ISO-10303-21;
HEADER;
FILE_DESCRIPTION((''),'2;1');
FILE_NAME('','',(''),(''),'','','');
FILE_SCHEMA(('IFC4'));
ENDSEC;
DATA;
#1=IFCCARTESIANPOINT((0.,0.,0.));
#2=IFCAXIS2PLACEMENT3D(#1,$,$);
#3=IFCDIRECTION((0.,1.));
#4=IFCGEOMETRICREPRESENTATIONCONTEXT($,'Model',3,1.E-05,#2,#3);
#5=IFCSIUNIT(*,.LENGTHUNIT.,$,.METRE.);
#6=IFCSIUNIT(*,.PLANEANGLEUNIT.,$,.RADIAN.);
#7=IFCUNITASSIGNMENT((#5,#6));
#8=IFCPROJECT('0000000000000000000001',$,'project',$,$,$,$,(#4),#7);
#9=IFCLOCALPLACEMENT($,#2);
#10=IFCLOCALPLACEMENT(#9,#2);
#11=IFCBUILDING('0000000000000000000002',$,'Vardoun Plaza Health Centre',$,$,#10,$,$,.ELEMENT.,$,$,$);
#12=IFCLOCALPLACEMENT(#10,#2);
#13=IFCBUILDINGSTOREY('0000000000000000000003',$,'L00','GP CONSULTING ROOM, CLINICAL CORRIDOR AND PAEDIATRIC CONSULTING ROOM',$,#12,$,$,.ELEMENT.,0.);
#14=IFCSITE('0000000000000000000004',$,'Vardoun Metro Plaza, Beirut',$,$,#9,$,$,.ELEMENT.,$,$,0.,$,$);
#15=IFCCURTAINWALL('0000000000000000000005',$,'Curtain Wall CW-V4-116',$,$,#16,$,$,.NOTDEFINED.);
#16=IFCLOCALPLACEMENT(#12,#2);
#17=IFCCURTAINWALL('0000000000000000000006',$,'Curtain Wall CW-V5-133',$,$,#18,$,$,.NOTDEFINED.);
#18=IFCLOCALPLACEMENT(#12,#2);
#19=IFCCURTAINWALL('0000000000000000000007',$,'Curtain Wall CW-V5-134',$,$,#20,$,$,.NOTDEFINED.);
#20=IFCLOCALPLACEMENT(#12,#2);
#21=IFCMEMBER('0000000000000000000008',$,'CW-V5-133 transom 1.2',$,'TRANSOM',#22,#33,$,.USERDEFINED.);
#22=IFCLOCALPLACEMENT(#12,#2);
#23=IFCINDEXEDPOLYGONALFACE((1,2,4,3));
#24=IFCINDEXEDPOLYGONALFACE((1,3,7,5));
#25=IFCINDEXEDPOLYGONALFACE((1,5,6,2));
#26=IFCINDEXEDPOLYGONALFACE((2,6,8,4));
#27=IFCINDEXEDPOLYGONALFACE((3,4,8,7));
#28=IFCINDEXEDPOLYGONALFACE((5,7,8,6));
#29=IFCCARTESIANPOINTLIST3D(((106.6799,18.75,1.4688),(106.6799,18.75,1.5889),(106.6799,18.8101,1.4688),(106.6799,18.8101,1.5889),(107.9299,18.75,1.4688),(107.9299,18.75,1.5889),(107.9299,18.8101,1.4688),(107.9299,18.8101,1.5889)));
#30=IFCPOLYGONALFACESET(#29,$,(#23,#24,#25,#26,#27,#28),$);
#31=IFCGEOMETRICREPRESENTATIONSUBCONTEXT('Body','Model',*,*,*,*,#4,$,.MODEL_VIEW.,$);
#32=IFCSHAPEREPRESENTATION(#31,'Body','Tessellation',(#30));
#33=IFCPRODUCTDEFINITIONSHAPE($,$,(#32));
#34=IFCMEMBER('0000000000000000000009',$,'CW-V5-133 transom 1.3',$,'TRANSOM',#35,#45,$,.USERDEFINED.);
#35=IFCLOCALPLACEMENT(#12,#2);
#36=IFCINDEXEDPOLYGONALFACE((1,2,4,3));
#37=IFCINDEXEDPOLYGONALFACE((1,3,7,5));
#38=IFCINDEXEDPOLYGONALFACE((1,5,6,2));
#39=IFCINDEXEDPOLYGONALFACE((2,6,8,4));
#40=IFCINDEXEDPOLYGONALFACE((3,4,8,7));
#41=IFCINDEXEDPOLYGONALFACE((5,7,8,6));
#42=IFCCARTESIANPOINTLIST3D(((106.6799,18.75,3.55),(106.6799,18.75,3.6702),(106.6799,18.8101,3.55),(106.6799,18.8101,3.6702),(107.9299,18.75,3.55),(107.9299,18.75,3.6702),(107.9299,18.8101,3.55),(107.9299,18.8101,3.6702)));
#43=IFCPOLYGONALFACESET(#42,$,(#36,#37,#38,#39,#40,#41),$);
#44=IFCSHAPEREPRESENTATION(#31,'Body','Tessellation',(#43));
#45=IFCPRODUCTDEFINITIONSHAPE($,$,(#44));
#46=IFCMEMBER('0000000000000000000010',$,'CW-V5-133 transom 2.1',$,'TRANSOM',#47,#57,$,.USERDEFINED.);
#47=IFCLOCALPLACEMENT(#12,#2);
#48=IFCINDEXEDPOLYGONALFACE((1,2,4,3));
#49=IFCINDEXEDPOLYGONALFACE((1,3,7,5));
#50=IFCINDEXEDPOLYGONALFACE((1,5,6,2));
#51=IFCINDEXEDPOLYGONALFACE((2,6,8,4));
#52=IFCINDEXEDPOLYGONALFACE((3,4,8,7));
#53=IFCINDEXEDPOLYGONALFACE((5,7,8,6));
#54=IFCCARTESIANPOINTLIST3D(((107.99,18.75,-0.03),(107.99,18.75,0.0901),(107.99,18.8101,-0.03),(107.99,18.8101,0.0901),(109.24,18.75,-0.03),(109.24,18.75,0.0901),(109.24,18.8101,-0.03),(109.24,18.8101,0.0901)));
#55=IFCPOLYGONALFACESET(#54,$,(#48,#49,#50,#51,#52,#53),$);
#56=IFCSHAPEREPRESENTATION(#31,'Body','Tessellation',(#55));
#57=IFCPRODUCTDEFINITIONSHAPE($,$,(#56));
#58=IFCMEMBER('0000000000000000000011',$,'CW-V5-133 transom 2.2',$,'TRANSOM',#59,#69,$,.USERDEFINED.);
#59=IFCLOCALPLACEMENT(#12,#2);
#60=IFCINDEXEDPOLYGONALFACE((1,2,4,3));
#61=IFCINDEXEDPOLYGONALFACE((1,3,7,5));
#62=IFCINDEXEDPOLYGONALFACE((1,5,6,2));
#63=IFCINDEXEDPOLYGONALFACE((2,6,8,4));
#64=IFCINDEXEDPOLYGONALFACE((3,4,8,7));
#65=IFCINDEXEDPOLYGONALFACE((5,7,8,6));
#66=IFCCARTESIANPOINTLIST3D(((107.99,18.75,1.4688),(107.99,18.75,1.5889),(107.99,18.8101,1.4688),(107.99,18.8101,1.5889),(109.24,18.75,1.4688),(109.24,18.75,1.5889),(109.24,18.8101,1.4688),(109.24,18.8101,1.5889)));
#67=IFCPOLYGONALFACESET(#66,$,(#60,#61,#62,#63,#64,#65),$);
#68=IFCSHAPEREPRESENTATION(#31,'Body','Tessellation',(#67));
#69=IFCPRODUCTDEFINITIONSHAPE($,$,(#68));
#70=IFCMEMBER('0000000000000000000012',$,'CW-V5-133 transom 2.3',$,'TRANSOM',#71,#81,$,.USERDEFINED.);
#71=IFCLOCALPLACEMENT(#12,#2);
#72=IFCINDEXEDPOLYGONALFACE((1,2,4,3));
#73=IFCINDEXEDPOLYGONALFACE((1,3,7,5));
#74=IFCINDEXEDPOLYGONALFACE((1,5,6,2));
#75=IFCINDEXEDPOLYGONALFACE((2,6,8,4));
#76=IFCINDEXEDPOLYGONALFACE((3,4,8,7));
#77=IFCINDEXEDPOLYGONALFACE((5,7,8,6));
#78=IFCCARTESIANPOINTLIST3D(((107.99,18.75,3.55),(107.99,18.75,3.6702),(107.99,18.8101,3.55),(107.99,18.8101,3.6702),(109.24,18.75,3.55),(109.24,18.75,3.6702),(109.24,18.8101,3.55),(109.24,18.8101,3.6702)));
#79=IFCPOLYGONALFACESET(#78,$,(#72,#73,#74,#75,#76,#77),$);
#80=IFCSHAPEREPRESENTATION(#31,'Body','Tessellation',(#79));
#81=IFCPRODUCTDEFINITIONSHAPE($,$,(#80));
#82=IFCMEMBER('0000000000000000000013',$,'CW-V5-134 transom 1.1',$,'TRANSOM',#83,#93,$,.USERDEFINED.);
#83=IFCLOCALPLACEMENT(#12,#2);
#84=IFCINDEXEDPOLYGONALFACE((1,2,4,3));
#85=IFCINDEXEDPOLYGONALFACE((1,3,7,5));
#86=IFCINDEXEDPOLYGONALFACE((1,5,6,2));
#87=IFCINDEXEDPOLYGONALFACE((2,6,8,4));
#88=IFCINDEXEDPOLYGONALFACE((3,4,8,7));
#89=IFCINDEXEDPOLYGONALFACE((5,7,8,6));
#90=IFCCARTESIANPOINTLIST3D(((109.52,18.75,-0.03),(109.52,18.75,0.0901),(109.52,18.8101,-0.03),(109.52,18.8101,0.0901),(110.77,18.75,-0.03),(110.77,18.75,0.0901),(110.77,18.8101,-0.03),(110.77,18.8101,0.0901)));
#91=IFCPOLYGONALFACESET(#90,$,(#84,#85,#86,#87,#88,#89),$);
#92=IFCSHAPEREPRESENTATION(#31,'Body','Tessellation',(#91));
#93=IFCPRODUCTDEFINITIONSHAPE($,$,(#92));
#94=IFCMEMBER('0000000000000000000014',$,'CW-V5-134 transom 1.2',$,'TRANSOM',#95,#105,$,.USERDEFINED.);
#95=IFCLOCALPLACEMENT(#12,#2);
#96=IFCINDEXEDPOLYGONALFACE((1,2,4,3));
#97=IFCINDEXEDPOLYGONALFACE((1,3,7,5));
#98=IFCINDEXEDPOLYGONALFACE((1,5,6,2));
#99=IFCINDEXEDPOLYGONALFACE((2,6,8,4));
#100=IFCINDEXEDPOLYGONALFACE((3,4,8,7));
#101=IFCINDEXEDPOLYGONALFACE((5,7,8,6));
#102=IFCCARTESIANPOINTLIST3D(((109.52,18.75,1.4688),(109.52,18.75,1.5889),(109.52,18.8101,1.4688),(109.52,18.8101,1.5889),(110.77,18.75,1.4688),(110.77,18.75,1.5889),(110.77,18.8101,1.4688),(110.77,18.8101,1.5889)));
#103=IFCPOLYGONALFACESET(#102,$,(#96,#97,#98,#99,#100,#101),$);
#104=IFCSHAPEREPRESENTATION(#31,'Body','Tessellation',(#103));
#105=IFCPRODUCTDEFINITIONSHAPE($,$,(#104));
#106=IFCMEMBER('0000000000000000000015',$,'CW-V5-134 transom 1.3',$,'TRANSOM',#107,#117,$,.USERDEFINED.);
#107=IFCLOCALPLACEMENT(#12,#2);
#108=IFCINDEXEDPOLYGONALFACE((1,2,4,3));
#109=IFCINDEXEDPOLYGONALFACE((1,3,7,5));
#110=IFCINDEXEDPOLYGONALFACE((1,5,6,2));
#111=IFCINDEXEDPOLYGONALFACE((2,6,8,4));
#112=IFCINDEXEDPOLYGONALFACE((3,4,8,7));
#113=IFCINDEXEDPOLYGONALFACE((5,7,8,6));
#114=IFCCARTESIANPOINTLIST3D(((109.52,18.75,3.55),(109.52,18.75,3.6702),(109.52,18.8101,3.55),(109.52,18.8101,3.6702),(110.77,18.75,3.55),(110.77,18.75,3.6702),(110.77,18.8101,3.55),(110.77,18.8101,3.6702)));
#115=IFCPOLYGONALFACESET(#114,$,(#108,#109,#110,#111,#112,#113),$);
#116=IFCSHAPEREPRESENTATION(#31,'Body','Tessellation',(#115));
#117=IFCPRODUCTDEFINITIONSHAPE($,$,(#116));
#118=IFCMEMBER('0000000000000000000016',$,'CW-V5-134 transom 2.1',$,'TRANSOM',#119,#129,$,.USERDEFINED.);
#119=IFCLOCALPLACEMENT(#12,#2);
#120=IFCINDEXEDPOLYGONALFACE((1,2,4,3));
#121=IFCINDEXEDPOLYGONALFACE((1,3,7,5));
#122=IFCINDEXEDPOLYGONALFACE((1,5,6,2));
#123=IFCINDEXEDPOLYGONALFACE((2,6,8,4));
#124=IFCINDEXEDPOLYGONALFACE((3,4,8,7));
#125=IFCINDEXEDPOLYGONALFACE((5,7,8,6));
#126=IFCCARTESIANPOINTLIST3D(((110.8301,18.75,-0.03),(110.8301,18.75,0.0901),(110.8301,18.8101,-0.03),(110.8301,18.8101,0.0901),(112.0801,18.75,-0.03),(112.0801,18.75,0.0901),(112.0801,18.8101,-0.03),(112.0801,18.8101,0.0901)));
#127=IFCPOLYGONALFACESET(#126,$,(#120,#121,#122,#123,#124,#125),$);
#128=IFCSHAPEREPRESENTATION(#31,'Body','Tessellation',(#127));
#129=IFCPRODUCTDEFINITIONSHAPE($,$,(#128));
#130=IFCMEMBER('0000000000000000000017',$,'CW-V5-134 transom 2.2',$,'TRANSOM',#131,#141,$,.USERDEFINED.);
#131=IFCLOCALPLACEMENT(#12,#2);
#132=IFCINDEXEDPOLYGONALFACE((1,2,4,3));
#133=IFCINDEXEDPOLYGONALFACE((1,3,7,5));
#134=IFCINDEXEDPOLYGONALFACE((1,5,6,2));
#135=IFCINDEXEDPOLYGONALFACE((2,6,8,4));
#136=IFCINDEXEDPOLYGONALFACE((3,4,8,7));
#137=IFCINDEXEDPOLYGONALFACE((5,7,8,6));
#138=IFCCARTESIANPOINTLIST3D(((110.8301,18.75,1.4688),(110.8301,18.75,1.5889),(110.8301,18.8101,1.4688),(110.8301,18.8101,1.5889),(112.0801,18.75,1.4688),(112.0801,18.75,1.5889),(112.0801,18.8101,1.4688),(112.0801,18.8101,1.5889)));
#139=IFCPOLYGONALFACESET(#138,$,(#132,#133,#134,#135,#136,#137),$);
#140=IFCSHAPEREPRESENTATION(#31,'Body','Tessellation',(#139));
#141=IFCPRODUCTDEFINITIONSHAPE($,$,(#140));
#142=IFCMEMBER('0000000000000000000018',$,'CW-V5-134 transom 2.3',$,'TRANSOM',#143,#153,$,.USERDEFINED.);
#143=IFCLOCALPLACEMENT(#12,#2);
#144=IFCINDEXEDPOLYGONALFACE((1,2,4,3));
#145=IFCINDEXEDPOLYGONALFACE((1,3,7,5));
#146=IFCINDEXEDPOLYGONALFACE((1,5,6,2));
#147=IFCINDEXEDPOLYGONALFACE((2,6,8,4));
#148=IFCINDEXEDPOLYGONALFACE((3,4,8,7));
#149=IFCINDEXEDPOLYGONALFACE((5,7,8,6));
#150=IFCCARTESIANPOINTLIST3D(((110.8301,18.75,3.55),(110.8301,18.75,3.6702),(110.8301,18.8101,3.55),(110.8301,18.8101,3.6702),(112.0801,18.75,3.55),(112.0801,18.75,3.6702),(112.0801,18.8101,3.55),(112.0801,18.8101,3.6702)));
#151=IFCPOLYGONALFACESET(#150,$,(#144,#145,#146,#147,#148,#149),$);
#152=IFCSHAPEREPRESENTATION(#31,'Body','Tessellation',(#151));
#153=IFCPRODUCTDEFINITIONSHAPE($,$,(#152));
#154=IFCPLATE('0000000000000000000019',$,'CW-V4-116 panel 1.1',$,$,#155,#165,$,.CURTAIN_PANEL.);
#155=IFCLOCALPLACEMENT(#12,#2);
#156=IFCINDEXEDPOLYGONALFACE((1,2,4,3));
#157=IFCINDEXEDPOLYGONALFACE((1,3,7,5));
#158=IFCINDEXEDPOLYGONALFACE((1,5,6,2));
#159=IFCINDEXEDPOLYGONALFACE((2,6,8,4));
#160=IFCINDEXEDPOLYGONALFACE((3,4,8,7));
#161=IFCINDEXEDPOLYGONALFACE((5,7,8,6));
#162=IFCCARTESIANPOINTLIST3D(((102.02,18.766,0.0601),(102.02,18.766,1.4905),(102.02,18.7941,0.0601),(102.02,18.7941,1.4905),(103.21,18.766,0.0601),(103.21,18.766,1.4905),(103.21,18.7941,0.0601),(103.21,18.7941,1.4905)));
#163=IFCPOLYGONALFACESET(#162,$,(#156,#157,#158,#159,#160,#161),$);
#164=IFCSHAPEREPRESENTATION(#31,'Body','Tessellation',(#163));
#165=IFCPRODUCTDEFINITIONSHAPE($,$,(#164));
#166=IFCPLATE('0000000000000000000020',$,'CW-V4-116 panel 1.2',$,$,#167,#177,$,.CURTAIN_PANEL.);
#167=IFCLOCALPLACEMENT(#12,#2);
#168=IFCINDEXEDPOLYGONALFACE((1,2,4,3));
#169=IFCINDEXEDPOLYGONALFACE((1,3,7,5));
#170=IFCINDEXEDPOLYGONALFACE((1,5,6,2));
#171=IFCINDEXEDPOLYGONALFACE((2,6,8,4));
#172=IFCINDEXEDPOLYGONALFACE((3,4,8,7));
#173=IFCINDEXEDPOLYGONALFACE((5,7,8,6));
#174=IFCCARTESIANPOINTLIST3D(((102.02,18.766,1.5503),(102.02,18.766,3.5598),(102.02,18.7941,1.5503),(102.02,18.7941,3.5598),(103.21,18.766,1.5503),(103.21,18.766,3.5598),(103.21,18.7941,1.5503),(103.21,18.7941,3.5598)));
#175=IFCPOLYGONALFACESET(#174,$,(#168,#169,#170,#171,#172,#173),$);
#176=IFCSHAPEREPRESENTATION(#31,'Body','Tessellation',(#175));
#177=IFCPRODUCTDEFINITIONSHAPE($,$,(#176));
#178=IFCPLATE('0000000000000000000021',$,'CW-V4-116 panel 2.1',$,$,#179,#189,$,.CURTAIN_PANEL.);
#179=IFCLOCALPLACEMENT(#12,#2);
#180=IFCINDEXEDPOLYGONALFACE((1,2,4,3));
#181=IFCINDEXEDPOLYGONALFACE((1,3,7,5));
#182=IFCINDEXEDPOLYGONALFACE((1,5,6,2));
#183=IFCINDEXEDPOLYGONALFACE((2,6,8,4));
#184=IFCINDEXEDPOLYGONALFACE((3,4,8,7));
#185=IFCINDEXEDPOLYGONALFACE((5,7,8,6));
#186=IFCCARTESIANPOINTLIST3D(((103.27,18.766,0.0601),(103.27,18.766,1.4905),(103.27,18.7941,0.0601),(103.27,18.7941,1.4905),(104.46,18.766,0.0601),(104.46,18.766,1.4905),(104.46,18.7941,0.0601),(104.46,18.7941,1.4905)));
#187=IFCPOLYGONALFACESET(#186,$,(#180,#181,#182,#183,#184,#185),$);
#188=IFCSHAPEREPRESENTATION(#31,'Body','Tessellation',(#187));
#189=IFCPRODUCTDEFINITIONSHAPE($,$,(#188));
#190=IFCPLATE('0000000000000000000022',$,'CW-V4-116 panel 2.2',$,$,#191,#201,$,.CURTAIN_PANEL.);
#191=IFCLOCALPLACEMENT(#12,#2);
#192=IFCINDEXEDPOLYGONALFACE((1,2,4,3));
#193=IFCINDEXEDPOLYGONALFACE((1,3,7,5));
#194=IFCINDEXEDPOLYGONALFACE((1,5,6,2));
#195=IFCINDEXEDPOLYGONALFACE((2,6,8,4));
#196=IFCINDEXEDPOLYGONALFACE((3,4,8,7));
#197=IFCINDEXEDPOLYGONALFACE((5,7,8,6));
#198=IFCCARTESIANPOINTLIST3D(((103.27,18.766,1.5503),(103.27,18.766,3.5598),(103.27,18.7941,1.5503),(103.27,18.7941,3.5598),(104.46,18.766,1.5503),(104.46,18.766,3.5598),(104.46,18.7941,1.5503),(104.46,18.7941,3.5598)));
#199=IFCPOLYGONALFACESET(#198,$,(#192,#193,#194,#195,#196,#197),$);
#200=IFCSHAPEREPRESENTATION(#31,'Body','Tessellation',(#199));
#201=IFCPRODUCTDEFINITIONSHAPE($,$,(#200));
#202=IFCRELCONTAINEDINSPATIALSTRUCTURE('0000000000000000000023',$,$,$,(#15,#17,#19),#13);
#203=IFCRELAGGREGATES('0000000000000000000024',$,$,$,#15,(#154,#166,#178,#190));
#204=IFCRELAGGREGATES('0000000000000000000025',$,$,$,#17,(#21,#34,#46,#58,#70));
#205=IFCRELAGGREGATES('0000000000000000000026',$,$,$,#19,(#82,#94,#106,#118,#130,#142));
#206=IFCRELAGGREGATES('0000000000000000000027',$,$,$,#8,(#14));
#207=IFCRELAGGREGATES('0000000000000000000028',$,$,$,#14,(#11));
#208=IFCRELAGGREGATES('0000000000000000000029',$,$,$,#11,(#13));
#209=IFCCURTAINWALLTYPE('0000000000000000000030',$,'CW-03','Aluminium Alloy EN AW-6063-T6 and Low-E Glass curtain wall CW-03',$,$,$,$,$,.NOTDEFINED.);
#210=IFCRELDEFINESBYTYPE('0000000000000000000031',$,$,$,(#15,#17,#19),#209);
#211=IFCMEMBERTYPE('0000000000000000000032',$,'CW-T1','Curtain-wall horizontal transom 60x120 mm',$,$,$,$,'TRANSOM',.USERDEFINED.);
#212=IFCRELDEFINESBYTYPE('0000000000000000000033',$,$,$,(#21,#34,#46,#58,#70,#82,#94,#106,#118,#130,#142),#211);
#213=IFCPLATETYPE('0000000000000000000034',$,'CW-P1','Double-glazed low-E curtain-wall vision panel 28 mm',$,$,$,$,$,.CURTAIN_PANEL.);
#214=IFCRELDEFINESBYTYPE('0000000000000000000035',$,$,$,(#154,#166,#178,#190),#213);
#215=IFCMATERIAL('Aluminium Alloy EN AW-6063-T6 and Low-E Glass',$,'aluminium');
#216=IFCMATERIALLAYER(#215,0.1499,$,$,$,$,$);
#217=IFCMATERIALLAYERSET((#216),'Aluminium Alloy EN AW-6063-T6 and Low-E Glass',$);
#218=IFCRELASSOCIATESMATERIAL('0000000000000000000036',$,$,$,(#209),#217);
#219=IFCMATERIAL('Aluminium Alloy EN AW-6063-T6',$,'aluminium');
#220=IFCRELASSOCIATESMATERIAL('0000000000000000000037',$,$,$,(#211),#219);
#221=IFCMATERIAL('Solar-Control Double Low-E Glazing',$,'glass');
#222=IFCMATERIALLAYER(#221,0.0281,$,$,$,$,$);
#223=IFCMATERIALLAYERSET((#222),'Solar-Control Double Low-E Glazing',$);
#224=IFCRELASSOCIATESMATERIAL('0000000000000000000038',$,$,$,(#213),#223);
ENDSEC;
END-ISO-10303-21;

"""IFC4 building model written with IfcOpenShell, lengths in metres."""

from ifc_helpers import new_model, si_unit, direction, frame, origin, origin_2d, place, context, subcontext, project, spatial, rectangle, extrude, material, layer, layer_set, material_profile, profile_set, type_object, element, aggregate, save


model = new_model("IFC4")

# Units and contexts
model_context = context("Model", 3, precision=1e-05, world=origin(), true_north=direction((0.0, 1.0)))
body_context = subcontext(model_context, "Body", "Model", "MODEL_VIEW")
ifc_project = project(units=[si_unit("LENGTHUNIT", "METRE"), si_unit("PLANEANGLEUNIT", "RADIAN")], contexts=[model_context])

# Site, building, storey
site_placement = place(None, origin())
site = spatial("IfcSite", under=ifc_project, at=site_placement, Name="Vardoun Metro Plaza, Beirut", CompositionType="ELEMENT", RefElevation=0.0)
building_placement = place(site_placement, origin())
building = spatial("IfcBuilding", under=site, at=building_placement, Name="Vardoun Plaza Health Centre", CompositionType="ELEMENT")
storey_placement = place(building_placement, origin())
storey = spatial("IfcBuildingStorey", under=building, at=storey_placement, Name="L00", Description="GP CONSULTING ROOM, CLINICAL CORRIDOR AND PAEDIATRIC CONSULTING ROOM", CompositionType="ELEMENT", Elevation=0.0)

# Curtain walls
ifc_material_1 = material(Name="Aluminium Alloy EN AW-6063-T6 and Low-E Glass", Category="aluminium")
ifc_layer_1 = layer(ifc_material_1, 0.1499)
ifc_layer_set_1 = layer_set([ifc_layer_1], Name="Aluminium Alloy EN AW-6063-T6 and Low-E Glass")
curtain_wall_type = type_object("IfcCurtainWallType", Name="CW-03", Description="Aluminium Alloy EN AW-6063-T6 and Low-E Glass curtain wall CW-03", PredefinedType="NOTDEFINED", material=ifc_layer_set_1)
curtain_wall_1_placement = place(storey_placement, origin())
curtain_wall_1 = element("IfcCurtainWall", 1, at=curtain_wall_1_placement, inside=storey, type_object=curtain_wall_type, Name="Curtain Wall CW-V4-116", PredefinedType="NOTDEFINED")
curtain_wall_2_placement = place(storey_placement, origin())
curtain_wall_2 = element("IfcCurtainWall", 2, at=curtain_wall_2_placement, inside=storey, type_object=curtain_wall_type, Name="Curtain Wall CW-V5-133", PredefinedType="NOTDEFINED")
curtain_wall_3_placement = place(storey_placement, origin())
curtain_wall_3 = element("IfcCurtainWall", 3, at=curtain_wall_3_placement, inside=storey, type_object=curtain_wall_type, Name="Curtain Wall CW-V5-134", PredefinedType="NOTDEFINED")

# Members
ifc_material_2 = material(Name="Aluminium Alloy EN AW-6063-T6", Category="aluminium")
ifc_material_profile_1 = material_profile(ifc_material_2, rectangle(XDim=0.0601, YDim=0.1201, at=origin_2d()), Name="CWT 60x120")
ifc_profile_set_1 = profile_set([ifc_material_profile_1], Name="Aluminium Alloy EN AW-6063-T6")
member_type_1 = type_object("IfcMemberType", Name="CW-T1", Description="Curtain-wall horizontal transom 60x120 mm", ElementType="TRANSOM", PredefinedType="USERDEFINED", material=ifc_profile_set_1)
member_1_placement = place(storey_placement, frame((106.6799, 18.78, 1.5288), z_axis=(1.0, 0.0, 0.0), x_axis=(0.0, 1.0, 0.0)))
member_1 = element("IfcMember", 4, at=member_1_placement, type_object=member_type_1, Name="CW-V5-133 transom 1.2", ObjectType="TRANSOM", PredefinedType="USERDEFINED", context=body_context, shape_type="SweptSolid", body=[
    extrude(rectangle(XDim=0.0601, YDim=0.1201, at=origin_2d()), origin(), (0.0, 0.0, 1.0), 1.25),
])
member_2_placement = place(storey_placement, frame((106.6799, 18.78, 3.6101), z_axis=(1.0, 0.0, 0.0), x_axis=(0.0, 1.0, 0.0)))
member_2 = element("IfcMember", 5, at=member_2_placement, type_object=member_type_1, Name="CW-V5-133 transom 1.3", ObjectType="TRANSOM", PredefinedType="USERDEFINED", context=body_context, shape_type="SweptSolid", body=[
    extrude(rectangle(XDim=0.0601, YDim=0.1201, at=origin_2d()), origin(), (0.0, 0.0, 1.0), 1.25),
])
member_3_placement = place(storey_placement, frame((107.99, 18.78, 0.03), z_axis=(1.0, 0.0, 0.0), x_axis=(0.0, 1.0, 0.0)))
member_3 = element("IfcMember", 6, at=member_3_placement, type_object=member_type_1, Name="CW-V5-133 transom 2.1", ObjectType="TRANSOM", PredefinedType="USERDEFINED", context=body_context, shape_type="SweptSolid", body=[
    extrude(rectangle(XDim=0.0601, YDim=0.1201, at=origin_2d()), origin(), (0.0, 0.0, 1.0), 1.25),
])
member_4_placement = place(storey_placement, frame((107.99, 18.78, 1.5288), z_axis=(1.0, 0.0, 0.0), x_axis=(0.0, 1.0, 0.0)))
member_4 = element("IfcMember", 7, at=member_4_placement, type_object=member_type_1, Name="CW-V5-133 transom 2.2", ObjectType="TRANSOM", PredefinedType="USERDEFINED", context=body_context, shape_type="SweptSolid", body=[
    extrude(rectangle(XDim=0.0601, YDim=0.1201, at=origin_2d()), origin(), (0.0, 0.0, 1.0), 1.25),
])
member_5_placement = place(storey_placement, frame((107.99, 18.78, 3.6101), z_axis=(1.0, 0.0, 0.0), x_axis=(0.0, 1.0, 0.0)))
member_5 = element("IfcMember", 8, at=member_5_placement, type_object=member_type_1, Name="CW-V5-133 transom 2.3", ObjectType="TRANSOM", PredefinedType="USERDEFINED", context=body_context, shape_type="SweptSolid", body=[
    extrude(rectangle(XDim=0.0601, YDim=0.1201, at=origin_2d()), origin(), (0.0, 0.0, 1.0), 1.25),
])
member_6_placement = place(storey_placement, frame((109.52, 18.78, 0.03), z_axis=(1.0, 0.0, 0.0), x_axis=(0.0, 1.0, 0.0)))
member_6 = element("IfcMember", 9, at=member_6_placement, type_object=member_type_1, Name="CW-V5-134 transom 1.1", ObjectType="TRANSOM", PredefinedType="USERDEFINED", context=body_context, shape_type="SweptSolid", body=[
    extrude(rectangle(XDim=0.0601, YDim=0.1201, at=origin_2d()), origin(), (0.0, 0.0, 1.0), 1.25),
])
member_7_placement = place(storey_placement, frame((109.52, 18.78, 1.5288), z_axis=(1.0, 0.0, 0.0), x_axis=(0.0, 1.0, 0.0)))
member_7 = element("IfcMember", 10, at=member_7_placement, type_object=member_type_1, Name="CW-V5-134 transom 1.2", ObjectType="TRANSOM", PredefinedType="USERDEFINED", context=body_context, shape_type="SweptSolid", body=[
    extrude(rectangle(XDim=0.0601, YDim=0.1201, at=origin_2d()), origin(), (0.0, 0.0, 1.0), 1.25),
])
member_8_placement = place(storey_placement, frame((109.52, 18.78, 3.6101), z_axis=(1.0, 0.0, 0.0), x_axis=(0.0, 1.0, 0.0)))
member_8 = element("IfcMember", 11, at=member_8_placement, type_object=member_type_1, Name="CW-V5-134 transom 1.3", ObjectType="TRANSOM", PredefinedType="USERDEFINED", context=body_context, shape_type="SweptSolid", body=[
    extrude(rectangle(XDim=0.0601, YDim=0.1201, at=origin_2d()), origin(), (0.0, 0.0, 1.0), 1.25),
])
member_9_placement = place(storey_placement, frame((110.8301, 18.78, 0.03), z_axis=(1.0, 0.0, 0.0), x_axis=(0.0, 1.0, 0.0)))
member_9 = element("IfcMember", 12, at=member_9_placement, type_object=member_type_1, Name="CW-V5-134 transom 2.1", ObjectType="TRANSOM", PredefinedType="USERDEFINED", context=body_context, shape_type="SweptSolid", body=[
    extrude(rectangle(XDim=0.0601, YDim=0.1201, at=origin_2d()), origin(), (0.0, 0.0, 1.0), 1.25),
])
member_10_placement = place(storey_placement, frame((110.8301, 18.78, 1.5288), z_axis=(1.0, 0.0, 0.0), x_axis=(0.0, 1.0, 0.0)))
member_10 = element("IfcMember", 13, at=member_10_placement, type_object=member_type_1, Name="CW-V5-134 transom 2.2", ObjectType="TRANSOM", PredefinedType="USERDEFINED", context=body_context, shape_type="SweptSolid", body=[
    extrude(rectangle(XDim=0.0601, YDim=0.1201, at=origin_2d()), origin(), (0.0, 0.0, 1.0), 1.25),
])
member_11_placement = place(storey_placement, frame((110.8301, 18.78, 3.6101), z_axis=(1.0, 0.0, 0.0), x_axis=(0.0, 1.0, 0.0)))
member_11 = element("IfcMember", 14, at=member_11_placement, type_object=member_type_1, Name="CW-V5-134 transom 2.3", ObjectType="TRANSOM", PredefinedType="USERDEFINED", context=body_context, shape_type="SweptSolid", body=[
    extrude(rectangle(XDim=0.0601, YDim=0.1201, at=origin_2d()), origin(), (0.0, 0.0, 1.0), 1.25),
])

# Plates
ifc_material_3 = material(Name="Solar-Control Double Low-E Glazing", Category="glass")
ifc_layer_2 = layer(ifc_material_3, 0.0281)
ifc_layer_set_2 = layer_set([ifc_layer_2], Name="Solar-Control Double Low-E Glazing")
plate_type = type_object("IfcPlateType", Name="CW-P1", Description="Double-glazed low-E curtain-wall vision panel 28 mm", PredefinedType="CURTAIN_PANEL", material=ifc_layer_set_2)
plate_1_placement = place(storey_placement, frame((102.615, 18.78, 0.0601), z_axis=(0.0, 0.0, 1.0), x_axis=(1.0, 0.0, 0.0)))
plate_1 = element("IfcPlate", 15, at=plate_1_placement, type_object=plate_type, Name="CW-V4-116 panel 1.1", PredefinedType="CURTAIN_PANEL", context=body_context, shape_type="SweptSolid", body=[
    extrude(rectangle(XDim=1.1899, YDim=0.0281, at=origin_2d()), origin(), (0.0, 0.0, 1.0), 1.4304),
])
plate_2_placement = place(storey_placement, frame((102.615, 18.78, 1.5503), z_axis=(0.0, 0.0, 1.0), x_axis=(1.0, 0.0, 0.0)))
plate_2 = element("IfcPlate", 16, at=plate_2_placement, type_object=plate_type, Name="CW-V4-116 panel 1.2", PredefinedType="CURTAIN_PANEL", context=body_context, shape_type="SweptSolid", body=[
    extrude(rectangle(XDim=1.1899, YDim=0.0281, at=origin_2d()), origin(), (0.0, 0.0, 1.0), 2.0095),
])
plate_3_placement = place(storey_placement, frame((103.865, 18.78, 0.0601), z_axis=(0.0, 0.0, 1.0), x_axis=(1.0, 0.0, 0.0)))
plate_3 = element("IfcPlate", 17, at=plate_3_placement, type_object=plate_type, Name="CW-V4-116 panel 2.1", PredefinedType="CURTAIN_PANEL", context=body_context, shape_type="SweptSolid", body=[
    extrude(rectangle(XDim=1.1899, YDim=0.0281, at=origin_2d()), origin(), (0.0, 0.0, 1.0), 1.4304),
])
plate_4_placement = place(storey_placement, frame((103.865, 18.78, 1.5503), z_axis=(0.0, 0.0, 1.0), x_axis=(1.0, 0.0, 0.0)))
plate_4 = element("IfcPlate", 18, at=plate_4_placement, type_object=plate_type, Name="CW-V4-116 panel 2.2", PredefinedType="CURTAIN_PANEL", context=body_context, shape_type="SweptSolid", body=[
    extrude(rectangle(XDim=1.1899, YDim=0.0281, at=origin_2d()), origin(), (0.0, 0.0, 1.0), 2.0095),
])
aggregate(curtain_wall_1, [plate_1, plate_2, plate_3, plate_4])
aggregate(curtain_wall_2, [member_1, member_2, member_3, member_4, member_5])
aggregate(curtain_wall_3, [member_6, member_7, member_8, member_9, member_10, member_11])

save(model, "model.ifc")
